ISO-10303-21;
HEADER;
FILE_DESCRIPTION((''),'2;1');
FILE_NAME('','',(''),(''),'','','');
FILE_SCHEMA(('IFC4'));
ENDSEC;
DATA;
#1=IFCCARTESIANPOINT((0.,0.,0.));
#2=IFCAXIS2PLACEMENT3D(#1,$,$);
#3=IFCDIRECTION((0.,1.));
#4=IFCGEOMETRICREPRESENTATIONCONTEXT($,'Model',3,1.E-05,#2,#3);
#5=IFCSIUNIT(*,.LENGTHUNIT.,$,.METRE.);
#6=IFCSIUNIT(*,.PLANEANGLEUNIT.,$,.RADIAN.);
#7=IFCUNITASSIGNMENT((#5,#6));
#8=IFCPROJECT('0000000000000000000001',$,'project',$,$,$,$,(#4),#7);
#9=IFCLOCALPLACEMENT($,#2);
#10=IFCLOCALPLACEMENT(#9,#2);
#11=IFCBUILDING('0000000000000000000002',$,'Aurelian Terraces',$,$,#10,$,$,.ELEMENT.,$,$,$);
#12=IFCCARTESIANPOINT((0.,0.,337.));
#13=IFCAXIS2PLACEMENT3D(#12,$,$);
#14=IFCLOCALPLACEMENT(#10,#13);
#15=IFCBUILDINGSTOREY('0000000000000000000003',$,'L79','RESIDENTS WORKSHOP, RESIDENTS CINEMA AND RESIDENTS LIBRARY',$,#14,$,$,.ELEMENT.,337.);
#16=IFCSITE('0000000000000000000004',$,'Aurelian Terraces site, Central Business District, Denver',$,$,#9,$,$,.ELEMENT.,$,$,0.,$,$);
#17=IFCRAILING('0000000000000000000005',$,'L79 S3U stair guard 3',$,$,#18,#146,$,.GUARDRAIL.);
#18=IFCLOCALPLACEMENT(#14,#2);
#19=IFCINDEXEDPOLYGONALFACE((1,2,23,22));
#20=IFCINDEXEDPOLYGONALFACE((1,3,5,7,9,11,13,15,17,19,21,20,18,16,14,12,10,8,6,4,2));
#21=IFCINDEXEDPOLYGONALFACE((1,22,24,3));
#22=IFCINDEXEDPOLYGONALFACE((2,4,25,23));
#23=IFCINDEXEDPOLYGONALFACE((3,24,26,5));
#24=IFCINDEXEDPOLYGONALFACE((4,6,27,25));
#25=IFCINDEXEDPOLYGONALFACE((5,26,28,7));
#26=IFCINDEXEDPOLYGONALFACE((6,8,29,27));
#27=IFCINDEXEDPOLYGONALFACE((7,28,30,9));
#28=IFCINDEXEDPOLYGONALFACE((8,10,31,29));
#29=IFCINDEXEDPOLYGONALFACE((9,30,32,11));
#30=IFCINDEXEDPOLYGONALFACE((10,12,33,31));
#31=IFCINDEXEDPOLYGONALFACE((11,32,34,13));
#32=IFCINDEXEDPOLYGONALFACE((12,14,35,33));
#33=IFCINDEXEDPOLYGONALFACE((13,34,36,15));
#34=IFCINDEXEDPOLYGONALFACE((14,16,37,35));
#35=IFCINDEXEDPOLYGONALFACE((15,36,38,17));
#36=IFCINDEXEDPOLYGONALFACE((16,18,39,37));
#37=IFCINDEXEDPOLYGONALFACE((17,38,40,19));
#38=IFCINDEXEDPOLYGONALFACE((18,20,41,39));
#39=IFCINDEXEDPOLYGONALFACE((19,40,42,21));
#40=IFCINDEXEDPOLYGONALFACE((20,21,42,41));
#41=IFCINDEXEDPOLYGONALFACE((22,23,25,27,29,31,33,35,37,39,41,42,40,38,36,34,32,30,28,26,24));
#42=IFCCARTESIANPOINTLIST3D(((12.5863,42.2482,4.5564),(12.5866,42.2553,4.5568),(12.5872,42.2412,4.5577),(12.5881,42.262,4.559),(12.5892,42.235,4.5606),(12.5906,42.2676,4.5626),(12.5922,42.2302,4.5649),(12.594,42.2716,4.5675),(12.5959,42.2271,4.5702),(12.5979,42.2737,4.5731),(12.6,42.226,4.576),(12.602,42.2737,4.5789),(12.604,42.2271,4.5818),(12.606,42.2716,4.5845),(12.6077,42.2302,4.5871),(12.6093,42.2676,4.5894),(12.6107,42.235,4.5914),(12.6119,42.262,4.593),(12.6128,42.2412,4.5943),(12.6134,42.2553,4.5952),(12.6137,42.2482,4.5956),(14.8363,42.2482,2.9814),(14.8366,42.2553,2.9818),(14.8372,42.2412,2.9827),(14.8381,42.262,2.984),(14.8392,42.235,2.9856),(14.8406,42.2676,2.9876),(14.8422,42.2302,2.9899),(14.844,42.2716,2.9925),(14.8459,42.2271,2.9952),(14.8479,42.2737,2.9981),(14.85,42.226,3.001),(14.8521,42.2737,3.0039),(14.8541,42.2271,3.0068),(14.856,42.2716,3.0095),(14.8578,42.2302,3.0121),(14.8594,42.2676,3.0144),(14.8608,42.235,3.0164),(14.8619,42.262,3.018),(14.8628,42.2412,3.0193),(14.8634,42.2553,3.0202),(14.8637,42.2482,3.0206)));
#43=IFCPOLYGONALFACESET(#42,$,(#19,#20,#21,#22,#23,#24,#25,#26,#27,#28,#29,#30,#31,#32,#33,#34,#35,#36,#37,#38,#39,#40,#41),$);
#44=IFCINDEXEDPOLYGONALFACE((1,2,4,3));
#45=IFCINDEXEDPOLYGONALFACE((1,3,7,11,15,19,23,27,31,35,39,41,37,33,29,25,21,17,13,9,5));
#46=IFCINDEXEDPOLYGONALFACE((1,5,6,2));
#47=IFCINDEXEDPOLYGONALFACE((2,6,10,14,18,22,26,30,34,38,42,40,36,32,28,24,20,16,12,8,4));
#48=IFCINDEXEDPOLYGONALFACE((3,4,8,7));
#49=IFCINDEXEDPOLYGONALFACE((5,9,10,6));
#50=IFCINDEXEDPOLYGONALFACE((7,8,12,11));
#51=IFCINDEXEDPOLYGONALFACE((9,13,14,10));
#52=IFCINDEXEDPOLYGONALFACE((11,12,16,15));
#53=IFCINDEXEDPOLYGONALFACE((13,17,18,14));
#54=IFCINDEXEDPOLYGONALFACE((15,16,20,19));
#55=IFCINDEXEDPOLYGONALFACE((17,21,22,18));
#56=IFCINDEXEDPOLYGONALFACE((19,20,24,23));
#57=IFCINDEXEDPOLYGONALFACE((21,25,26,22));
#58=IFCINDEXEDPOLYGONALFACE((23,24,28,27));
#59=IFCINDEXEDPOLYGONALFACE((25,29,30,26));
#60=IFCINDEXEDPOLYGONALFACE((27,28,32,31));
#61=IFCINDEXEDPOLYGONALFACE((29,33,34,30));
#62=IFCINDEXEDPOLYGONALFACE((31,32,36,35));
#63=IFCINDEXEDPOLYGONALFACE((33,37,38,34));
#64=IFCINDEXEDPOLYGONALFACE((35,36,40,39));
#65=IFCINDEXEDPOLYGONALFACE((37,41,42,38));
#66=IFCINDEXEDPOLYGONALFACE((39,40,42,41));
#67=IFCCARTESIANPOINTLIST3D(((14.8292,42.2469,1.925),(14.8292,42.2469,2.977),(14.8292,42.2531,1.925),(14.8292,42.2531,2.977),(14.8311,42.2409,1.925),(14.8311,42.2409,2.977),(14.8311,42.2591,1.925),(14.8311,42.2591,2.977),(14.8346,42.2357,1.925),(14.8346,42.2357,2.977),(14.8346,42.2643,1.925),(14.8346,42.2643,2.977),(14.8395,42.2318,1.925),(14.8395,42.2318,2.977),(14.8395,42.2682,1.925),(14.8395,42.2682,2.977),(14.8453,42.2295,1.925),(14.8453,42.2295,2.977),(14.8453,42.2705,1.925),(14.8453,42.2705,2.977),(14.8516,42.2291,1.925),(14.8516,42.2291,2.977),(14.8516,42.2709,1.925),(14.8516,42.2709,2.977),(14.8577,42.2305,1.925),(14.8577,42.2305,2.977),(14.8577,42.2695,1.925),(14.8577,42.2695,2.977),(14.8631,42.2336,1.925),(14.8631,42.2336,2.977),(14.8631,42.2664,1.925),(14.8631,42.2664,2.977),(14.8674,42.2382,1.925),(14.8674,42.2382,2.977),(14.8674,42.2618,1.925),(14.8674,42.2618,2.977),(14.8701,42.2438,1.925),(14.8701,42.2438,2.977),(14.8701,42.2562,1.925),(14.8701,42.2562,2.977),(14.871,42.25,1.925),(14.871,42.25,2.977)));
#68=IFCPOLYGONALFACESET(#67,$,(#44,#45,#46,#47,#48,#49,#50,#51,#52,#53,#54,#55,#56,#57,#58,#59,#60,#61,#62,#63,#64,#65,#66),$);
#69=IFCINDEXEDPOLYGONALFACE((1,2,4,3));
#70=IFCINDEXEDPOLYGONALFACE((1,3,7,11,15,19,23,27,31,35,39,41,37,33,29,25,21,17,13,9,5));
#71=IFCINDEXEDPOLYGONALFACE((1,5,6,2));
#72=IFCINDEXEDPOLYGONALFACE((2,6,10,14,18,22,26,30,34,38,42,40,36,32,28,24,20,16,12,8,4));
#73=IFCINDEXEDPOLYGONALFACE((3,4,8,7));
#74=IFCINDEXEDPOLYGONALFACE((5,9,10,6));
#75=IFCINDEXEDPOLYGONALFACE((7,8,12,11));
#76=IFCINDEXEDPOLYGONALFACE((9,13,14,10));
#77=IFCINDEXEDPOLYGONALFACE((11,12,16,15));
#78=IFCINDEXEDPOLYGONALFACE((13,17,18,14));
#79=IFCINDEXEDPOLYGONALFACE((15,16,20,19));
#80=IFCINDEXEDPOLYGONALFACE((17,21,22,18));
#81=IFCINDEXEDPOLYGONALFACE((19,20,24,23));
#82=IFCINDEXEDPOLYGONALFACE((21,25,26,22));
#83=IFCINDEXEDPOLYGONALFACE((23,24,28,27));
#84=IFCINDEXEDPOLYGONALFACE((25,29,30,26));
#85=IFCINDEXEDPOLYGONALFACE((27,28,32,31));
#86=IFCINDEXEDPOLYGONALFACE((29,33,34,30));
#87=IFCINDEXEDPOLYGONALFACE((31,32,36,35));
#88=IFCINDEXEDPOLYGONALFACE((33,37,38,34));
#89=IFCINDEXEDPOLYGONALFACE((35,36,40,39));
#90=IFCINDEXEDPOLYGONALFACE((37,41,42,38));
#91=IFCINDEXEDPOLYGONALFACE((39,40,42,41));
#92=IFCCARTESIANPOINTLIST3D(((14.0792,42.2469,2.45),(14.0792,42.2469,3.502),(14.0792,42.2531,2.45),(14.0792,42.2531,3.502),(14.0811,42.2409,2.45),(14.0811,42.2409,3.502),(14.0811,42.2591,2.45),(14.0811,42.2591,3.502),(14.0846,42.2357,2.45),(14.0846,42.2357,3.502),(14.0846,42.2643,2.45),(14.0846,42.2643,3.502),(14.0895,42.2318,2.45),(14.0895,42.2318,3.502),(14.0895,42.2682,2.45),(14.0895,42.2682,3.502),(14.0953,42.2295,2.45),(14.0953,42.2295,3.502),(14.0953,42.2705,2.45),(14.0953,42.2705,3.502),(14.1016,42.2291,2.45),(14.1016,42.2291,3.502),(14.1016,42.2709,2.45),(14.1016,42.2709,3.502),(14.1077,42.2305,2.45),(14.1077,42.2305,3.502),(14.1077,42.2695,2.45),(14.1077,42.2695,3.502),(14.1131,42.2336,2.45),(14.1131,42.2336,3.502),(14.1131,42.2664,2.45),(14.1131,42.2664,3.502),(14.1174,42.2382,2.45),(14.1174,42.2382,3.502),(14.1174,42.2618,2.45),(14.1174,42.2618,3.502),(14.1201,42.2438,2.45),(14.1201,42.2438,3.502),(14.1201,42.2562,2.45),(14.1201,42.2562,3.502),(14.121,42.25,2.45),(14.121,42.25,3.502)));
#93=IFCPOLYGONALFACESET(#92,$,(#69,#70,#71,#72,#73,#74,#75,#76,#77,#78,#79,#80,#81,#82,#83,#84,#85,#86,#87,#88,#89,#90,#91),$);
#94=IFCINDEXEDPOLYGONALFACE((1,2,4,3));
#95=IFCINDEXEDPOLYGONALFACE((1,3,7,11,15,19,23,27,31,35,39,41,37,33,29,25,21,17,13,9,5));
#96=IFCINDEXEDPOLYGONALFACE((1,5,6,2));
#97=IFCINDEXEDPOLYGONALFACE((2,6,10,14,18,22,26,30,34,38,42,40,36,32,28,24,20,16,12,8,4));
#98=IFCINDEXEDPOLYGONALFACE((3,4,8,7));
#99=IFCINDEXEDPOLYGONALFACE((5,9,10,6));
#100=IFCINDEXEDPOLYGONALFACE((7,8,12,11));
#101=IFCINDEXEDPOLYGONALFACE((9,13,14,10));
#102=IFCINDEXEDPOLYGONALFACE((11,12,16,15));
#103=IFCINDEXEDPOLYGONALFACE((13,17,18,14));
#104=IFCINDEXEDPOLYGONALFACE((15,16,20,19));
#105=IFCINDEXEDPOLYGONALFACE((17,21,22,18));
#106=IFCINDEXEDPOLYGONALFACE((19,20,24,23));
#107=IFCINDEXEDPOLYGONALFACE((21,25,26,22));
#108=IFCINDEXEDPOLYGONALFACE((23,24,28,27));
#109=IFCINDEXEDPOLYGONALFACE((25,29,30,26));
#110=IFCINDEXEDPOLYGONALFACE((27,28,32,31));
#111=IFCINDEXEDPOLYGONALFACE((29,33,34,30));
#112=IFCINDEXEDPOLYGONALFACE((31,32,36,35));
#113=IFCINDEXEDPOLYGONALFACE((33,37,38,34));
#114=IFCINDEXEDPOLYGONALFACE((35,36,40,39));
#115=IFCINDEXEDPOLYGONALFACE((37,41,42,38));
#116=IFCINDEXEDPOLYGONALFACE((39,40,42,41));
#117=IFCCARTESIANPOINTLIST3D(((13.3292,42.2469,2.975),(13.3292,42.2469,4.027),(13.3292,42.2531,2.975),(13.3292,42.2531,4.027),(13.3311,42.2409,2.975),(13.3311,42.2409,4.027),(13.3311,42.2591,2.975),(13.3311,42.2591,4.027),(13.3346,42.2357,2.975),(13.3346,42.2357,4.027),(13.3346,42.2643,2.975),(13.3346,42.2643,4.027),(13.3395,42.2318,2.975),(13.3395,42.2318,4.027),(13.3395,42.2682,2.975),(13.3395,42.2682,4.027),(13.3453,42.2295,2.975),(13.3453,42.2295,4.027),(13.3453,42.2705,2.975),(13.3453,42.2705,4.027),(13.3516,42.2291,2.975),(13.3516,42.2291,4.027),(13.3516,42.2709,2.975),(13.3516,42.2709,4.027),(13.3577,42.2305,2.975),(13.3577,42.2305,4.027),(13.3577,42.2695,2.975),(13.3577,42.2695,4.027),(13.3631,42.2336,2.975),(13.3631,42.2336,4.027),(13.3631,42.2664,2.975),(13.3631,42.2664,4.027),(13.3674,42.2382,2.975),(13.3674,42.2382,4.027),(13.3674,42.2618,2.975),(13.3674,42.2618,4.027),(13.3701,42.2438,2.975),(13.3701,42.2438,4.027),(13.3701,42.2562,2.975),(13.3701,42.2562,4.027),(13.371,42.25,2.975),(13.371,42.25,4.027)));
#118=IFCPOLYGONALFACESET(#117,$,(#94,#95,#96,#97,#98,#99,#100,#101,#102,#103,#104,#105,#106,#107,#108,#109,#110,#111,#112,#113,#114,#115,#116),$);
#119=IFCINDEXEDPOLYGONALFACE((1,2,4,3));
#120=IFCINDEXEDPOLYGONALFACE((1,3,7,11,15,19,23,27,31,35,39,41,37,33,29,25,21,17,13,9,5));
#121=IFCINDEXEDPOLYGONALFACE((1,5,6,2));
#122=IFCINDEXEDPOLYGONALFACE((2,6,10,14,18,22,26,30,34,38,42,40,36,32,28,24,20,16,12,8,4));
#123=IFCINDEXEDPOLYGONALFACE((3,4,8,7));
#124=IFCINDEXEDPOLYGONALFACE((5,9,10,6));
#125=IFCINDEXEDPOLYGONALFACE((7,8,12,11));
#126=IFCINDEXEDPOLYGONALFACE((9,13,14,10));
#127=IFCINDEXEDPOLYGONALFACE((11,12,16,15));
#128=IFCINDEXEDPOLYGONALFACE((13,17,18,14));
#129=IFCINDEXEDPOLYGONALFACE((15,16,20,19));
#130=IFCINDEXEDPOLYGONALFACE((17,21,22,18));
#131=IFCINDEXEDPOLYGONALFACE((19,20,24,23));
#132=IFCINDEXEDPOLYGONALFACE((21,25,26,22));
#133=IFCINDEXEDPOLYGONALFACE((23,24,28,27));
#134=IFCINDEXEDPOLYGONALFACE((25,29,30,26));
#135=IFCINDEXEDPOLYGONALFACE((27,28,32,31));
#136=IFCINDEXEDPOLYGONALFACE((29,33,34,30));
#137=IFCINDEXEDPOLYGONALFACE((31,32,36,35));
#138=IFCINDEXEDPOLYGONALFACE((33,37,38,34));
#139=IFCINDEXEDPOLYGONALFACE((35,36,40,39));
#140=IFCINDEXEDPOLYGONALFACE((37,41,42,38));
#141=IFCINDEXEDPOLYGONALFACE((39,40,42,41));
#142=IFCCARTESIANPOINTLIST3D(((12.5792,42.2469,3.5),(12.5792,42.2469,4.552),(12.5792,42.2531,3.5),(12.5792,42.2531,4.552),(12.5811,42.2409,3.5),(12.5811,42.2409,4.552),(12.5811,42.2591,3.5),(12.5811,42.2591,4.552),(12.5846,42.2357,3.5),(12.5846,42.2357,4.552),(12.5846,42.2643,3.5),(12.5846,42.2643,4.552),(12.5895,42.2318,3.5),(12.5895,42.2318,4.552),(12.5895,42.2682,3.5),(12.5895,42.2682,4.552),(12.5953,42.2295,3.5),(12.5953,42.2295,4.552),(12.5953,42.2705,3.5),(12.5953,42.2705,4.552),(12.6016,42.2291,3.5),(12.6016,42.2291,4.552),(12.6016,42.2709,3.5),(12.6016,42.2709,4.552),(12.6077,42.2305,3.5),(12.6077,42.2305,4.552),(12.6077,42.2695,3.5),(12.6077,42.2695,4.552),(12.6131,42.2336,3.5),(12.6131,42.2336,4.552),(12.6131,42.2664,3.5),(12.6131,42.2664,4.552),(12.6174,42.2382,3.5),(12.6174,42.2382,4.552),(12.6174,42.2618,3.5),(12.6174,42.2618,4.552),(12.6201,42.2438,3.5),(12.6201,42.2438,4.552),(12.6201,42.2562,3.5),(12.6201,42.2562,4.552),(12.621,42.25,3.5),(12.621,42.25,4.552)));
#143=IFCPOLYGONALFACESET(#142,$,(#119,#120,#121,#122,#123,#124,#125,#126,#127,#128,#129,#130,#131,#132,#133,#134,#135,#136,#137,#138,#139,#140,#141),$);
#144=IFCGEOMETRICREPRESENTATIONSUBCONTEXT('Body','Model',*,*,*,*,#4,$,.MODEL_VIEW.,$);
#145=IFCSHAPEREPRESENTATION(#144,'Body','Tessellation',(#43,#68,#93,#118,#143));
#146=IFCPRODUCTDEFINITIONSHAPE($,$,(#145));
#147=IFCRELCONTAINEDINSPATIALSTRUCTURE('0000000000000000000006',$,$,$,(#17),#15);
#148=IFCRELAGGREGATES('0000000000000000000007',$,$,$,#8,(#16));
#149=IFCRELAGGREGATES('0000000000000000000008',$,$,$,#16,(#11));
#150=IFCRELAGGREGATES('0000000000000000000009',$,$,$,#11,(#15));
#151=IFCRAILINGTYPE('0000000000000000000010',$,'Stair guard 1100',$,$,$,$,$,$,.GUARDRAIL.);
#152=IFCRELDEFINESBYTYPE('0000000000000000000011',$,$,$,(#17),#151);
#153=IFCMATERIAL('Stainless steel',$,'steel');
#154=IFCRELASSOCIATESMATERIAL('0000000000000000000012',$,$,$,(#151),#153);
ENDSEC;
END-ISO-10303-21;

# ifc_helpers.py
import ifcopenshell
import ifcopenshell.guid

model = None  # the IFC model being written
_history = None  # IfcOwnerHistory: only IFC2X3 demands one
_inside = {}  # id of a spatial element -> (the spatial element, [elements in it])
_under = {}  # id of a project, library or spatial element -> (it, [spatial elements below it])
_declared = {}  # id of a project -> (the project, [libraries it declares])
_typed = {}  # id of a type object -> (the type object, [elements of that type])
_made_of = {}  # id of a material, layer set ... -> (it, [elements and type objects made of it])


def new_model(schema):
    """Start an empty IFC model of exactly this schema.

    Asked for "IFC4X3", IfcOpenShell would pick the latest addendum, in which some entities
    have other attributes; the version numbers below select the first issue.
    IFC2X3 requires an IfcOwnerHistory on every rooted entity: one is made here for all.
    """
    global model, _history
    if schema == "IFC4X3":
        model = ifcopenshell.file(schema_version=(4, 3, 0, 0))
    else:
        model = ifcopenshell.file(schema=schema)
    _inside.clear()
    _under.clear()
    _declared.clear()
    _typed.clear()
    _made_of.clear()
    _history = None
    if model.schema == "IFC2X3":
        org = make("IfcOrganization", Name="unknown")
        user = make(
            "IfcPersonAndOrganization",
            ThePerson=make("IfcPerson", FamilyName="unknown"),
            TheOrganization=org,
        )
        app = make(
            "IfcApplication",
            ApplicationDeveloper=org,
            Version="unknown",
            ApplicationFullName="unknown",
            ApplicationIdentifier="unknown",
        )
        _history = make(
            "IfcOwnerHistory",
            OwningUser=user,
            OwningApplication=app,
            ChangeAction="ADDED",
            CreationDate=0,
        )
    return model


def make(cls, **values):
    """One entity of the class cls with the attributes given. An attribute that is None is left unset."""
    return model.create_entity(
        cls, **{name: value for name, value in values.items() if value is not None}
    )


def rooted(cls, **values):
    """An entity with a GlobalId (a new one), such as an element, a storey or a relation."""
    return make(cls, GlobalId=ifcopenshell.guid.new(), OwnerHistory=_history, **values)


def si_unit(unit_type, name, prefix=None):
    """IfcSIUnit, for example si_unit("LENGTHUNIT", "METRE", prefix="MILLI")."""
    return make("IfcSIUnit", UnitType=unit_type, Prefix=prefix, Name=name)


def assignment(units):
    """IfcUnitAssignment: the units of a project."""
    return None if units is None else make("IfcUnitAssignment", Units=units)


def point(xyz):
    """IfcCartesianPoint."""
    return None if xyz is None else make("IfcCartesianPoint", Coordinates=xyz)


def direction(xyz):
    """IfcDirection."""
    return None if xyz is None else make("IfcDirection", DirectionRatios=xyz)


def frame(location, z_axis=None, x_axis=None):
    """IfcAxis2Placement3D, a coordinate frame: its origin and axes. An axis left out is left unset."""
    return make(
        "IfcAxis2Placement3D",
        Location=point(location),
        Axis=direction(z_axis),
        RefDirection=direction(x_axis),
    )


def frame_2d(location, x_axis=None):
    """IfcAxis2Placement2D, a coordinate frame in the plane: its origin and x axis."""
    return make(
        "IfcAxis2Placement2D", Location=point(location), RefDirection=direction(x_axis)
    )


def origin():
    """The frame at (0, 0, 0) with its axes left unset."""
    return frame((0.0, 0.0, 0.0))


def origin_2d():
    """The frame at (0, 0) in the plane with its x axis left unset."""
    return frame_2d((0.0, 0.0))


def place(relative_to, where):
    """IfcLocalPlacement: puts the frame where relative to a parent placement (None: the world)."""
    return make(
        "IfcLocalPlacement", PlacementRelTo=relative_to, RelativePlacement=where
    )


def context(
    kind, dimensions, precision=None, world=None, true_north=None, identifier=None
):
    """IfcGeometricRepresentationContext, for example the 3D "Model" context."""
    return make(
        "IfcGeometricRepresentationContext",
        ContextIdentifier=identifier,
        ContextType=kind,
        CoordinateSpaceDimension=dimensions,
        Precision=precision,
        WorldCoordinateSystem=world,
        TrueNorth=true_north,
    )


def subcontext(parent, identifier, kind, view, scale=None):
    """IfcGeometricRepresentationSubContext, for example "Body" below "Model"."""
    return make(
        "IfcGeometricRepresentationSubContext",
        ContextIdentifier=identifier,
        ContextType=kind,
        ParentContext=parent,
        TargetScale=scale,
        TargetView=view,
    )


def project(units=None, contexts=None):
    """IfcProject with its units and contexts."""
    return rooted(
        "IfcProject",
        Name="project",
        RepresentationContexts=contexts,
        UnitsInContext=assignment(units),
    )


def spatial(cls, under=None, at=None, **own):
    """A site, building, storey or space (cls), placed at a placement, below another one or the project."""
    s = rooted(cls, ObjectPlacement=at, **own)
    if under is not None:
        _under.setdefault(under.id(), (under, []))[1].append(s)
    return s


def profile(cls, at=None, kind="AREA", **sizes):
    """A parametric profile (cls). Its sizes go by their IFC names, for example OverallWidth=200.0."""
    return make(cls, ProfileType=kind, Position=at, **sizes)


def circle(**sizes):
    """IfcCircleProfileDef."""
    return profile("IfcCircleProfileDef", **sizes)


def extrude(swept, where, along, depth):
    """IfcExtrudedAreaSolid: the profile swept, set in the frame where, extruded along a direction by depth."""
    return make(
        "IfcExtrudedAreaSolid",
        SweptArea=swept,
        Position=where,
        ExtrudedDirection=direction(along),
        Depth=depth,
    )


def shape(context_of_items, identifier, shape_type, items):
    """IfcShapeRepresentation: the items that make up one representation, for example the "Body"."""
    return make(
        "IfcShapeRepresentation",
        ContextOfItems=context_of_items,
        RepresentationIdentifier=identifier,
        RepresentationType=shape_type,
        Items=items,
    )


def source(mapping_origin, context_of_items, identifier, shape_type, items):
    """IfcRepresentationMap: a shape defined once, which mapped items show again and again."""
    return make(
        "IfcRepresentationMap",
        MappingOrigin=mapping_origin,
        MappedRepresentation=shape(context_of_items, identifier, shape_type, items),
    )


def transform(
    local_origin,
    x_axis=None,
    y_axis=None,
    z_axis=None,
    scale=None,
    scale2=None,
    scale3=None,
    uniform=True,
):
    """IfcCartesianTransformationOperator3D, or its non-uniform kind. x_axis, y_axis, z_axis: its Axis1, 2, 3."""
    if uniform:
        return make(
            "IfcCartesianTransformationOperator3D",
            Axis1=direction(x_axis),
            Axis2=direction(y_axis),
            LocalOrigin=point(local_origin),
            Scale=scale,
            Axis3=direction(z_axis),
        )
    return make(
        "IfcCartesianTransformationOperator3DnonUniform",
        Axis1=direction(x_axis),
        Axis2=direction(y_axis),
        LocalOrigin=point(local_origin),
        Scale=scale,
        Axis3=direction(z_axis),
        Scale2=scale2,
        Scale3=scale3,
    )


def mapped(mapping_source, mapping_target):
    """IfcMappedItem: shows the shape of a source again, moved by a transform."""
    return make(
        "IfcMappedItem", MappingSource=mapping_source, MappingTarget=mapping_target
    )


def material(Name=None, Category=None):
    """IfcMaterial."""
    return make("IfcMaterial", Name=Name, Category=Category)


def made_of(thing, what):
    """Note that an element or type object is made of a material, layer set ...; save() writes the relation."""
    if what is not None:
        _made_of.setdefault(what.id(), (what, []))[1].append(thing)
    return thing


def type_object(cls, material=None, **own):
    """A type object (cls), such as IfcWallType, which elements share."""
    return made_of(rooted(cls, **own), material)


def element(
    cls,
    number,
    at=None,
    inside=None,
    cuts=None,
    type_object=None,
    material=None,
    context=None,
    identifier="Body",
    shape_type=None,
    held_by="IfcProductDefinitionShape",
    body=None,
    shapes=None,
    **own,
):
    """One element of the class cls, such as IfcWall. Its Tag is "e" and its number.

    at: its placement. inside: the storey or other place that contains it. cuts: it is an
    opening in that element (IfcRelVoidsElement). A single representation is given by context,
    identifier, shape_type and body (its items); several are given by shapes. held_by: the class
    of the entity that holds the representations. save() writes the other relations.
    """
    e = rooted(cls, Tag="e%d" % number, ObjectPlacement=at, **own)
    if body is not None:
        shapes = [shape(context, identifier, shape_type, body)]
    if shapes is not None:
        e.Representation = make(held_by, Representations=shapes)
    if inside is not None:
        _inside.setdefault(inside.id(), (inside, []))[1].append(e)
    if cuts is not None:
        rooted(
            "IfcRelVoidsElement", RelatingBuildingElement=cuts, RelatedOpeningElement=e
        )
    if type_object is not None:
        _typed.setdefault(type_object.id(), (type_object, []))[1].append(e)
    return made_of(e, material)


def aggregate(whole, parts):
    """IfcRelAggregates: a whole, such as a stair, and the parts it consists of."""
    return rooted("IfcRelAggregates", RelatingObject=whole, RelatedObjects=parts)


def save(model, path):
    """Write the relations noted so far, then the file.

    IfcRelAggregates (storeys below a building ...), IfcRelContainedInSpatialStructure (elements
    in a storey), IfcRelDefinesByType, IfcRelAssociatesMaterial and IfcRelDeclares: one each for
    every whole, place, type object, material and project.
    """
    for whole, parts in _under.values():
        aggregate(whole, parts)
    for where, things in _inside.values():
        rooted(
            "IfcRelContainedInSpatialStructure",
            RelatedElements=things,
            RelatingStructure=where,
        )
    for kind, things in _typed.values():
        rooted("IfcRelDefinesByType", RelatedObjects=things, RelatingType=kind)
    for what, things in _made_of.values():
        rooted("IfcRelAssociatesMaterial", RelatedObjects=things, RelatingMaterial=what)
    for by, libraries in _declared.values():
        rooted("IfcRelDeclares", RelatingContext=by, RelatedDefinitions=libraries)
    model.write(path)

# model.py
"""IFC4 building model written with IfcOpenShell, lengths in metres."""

from ifc_helpers import new_model, si_unit, direction, frame, origin, origin_2d, place, context, subcontext, project, spatial, circle, extrude, source, transform, mapped, material, type_object, element, save


model = new_model("IFC4")

# Units and contexts
model_context = context("Model", 3, precision=1e-05, world=origin(), true_north=direction((0.0, 1.0)))
body_context = subcontext(model_context, "Body", "Model", "MODEL_VIEW")
ifc_project = project(units=[si_unit("LENGTHUNIT", "METRE"), si_unit("PLANEANGLEUNIT", "RADIAN")], contexts=[model_context])

# Site, building, storey
site_placement = place(None, origin())
site = spatial("IfcSite", under=ifc_project, at=site_placement, Name="Aurelian Terraces site, Central Business District, Denver", CompositionType="ELEMENT", RefElevation=0.0)
building_placement = place(site_placement, origin())
building = spatial("IfcBuilding", under=site, at=building_placement, Name="Aurelian Terraces", CompositionType="ELEMENT")
storey_placement = place(building_placement, frame((0.0, 0.0, 337.0)))
storey = spatial("IfcBuildingStorey", under=building, at=storey_placement, Name="L79", Description="RESIDENTS WORKSHOP, RESIDENTS CINEMA AND RESIDENTS LIBRARY", CompositionType="ELEMENT", Elevation=337.0)

# Railing
ifc_material_1 = material(Name="Stainless steel", Category="steel")
railing_type_1 = type_object("IfcRailingType", Name="Stair guard 1100", PredefinedType="GUARDRAIL", material=ifc_material_1)
shared_shape_1 = source(origin(), body_context, "Body", "SweptSolid", [
    extrude(circle(Radius=0.024, at=origin_2d()), frame((0.0, 0.0, 1.076), z_axis=(-0.819232, 0.0, 0.573462), x_axis=(0.0, -1.0, 0.0)), (0.0, 0.0, 1.0), 2.7465),
    extrude(circle(Radius=0.021, at=origin_2d()), origin(), (0.0, 0.0, 1.0), 1.052),
    extrude(circle(Radius=0.021, at=origin_2d()), frame((-0.75, 0.0, 0.525)), (0.0, 0.0, 1.0), 1.052),
    extrude(circle(Radius=0.021, at=origin_2d()), frame((-1.5, 0.0, 1.05)), (0.0, 0.0, 1.0), 1.052),
    extrude(circle(Radius=0.021, at=origin_2d()), frame((-2.25, 0.0, 1.575)), (0.0, 0.0, 1.0), 1.052),
])
railing_1_placement = place(storey_placement, frame((14.85, 42.25, 1.925)))
element("IfcRailing", 1, at=railing_1_placement, inside=storey, type_object=railing_type_1, Name="L79 S3U stair guard 3", PredefinedType="GUARDRAIL", context=body_context, shape_type="MappedRepresentation", body=[
    mapped(shared_shape_1, transform((0.0, 0.0, 0.0), scale=1.0)),
])

save(model, "model.ifc")
